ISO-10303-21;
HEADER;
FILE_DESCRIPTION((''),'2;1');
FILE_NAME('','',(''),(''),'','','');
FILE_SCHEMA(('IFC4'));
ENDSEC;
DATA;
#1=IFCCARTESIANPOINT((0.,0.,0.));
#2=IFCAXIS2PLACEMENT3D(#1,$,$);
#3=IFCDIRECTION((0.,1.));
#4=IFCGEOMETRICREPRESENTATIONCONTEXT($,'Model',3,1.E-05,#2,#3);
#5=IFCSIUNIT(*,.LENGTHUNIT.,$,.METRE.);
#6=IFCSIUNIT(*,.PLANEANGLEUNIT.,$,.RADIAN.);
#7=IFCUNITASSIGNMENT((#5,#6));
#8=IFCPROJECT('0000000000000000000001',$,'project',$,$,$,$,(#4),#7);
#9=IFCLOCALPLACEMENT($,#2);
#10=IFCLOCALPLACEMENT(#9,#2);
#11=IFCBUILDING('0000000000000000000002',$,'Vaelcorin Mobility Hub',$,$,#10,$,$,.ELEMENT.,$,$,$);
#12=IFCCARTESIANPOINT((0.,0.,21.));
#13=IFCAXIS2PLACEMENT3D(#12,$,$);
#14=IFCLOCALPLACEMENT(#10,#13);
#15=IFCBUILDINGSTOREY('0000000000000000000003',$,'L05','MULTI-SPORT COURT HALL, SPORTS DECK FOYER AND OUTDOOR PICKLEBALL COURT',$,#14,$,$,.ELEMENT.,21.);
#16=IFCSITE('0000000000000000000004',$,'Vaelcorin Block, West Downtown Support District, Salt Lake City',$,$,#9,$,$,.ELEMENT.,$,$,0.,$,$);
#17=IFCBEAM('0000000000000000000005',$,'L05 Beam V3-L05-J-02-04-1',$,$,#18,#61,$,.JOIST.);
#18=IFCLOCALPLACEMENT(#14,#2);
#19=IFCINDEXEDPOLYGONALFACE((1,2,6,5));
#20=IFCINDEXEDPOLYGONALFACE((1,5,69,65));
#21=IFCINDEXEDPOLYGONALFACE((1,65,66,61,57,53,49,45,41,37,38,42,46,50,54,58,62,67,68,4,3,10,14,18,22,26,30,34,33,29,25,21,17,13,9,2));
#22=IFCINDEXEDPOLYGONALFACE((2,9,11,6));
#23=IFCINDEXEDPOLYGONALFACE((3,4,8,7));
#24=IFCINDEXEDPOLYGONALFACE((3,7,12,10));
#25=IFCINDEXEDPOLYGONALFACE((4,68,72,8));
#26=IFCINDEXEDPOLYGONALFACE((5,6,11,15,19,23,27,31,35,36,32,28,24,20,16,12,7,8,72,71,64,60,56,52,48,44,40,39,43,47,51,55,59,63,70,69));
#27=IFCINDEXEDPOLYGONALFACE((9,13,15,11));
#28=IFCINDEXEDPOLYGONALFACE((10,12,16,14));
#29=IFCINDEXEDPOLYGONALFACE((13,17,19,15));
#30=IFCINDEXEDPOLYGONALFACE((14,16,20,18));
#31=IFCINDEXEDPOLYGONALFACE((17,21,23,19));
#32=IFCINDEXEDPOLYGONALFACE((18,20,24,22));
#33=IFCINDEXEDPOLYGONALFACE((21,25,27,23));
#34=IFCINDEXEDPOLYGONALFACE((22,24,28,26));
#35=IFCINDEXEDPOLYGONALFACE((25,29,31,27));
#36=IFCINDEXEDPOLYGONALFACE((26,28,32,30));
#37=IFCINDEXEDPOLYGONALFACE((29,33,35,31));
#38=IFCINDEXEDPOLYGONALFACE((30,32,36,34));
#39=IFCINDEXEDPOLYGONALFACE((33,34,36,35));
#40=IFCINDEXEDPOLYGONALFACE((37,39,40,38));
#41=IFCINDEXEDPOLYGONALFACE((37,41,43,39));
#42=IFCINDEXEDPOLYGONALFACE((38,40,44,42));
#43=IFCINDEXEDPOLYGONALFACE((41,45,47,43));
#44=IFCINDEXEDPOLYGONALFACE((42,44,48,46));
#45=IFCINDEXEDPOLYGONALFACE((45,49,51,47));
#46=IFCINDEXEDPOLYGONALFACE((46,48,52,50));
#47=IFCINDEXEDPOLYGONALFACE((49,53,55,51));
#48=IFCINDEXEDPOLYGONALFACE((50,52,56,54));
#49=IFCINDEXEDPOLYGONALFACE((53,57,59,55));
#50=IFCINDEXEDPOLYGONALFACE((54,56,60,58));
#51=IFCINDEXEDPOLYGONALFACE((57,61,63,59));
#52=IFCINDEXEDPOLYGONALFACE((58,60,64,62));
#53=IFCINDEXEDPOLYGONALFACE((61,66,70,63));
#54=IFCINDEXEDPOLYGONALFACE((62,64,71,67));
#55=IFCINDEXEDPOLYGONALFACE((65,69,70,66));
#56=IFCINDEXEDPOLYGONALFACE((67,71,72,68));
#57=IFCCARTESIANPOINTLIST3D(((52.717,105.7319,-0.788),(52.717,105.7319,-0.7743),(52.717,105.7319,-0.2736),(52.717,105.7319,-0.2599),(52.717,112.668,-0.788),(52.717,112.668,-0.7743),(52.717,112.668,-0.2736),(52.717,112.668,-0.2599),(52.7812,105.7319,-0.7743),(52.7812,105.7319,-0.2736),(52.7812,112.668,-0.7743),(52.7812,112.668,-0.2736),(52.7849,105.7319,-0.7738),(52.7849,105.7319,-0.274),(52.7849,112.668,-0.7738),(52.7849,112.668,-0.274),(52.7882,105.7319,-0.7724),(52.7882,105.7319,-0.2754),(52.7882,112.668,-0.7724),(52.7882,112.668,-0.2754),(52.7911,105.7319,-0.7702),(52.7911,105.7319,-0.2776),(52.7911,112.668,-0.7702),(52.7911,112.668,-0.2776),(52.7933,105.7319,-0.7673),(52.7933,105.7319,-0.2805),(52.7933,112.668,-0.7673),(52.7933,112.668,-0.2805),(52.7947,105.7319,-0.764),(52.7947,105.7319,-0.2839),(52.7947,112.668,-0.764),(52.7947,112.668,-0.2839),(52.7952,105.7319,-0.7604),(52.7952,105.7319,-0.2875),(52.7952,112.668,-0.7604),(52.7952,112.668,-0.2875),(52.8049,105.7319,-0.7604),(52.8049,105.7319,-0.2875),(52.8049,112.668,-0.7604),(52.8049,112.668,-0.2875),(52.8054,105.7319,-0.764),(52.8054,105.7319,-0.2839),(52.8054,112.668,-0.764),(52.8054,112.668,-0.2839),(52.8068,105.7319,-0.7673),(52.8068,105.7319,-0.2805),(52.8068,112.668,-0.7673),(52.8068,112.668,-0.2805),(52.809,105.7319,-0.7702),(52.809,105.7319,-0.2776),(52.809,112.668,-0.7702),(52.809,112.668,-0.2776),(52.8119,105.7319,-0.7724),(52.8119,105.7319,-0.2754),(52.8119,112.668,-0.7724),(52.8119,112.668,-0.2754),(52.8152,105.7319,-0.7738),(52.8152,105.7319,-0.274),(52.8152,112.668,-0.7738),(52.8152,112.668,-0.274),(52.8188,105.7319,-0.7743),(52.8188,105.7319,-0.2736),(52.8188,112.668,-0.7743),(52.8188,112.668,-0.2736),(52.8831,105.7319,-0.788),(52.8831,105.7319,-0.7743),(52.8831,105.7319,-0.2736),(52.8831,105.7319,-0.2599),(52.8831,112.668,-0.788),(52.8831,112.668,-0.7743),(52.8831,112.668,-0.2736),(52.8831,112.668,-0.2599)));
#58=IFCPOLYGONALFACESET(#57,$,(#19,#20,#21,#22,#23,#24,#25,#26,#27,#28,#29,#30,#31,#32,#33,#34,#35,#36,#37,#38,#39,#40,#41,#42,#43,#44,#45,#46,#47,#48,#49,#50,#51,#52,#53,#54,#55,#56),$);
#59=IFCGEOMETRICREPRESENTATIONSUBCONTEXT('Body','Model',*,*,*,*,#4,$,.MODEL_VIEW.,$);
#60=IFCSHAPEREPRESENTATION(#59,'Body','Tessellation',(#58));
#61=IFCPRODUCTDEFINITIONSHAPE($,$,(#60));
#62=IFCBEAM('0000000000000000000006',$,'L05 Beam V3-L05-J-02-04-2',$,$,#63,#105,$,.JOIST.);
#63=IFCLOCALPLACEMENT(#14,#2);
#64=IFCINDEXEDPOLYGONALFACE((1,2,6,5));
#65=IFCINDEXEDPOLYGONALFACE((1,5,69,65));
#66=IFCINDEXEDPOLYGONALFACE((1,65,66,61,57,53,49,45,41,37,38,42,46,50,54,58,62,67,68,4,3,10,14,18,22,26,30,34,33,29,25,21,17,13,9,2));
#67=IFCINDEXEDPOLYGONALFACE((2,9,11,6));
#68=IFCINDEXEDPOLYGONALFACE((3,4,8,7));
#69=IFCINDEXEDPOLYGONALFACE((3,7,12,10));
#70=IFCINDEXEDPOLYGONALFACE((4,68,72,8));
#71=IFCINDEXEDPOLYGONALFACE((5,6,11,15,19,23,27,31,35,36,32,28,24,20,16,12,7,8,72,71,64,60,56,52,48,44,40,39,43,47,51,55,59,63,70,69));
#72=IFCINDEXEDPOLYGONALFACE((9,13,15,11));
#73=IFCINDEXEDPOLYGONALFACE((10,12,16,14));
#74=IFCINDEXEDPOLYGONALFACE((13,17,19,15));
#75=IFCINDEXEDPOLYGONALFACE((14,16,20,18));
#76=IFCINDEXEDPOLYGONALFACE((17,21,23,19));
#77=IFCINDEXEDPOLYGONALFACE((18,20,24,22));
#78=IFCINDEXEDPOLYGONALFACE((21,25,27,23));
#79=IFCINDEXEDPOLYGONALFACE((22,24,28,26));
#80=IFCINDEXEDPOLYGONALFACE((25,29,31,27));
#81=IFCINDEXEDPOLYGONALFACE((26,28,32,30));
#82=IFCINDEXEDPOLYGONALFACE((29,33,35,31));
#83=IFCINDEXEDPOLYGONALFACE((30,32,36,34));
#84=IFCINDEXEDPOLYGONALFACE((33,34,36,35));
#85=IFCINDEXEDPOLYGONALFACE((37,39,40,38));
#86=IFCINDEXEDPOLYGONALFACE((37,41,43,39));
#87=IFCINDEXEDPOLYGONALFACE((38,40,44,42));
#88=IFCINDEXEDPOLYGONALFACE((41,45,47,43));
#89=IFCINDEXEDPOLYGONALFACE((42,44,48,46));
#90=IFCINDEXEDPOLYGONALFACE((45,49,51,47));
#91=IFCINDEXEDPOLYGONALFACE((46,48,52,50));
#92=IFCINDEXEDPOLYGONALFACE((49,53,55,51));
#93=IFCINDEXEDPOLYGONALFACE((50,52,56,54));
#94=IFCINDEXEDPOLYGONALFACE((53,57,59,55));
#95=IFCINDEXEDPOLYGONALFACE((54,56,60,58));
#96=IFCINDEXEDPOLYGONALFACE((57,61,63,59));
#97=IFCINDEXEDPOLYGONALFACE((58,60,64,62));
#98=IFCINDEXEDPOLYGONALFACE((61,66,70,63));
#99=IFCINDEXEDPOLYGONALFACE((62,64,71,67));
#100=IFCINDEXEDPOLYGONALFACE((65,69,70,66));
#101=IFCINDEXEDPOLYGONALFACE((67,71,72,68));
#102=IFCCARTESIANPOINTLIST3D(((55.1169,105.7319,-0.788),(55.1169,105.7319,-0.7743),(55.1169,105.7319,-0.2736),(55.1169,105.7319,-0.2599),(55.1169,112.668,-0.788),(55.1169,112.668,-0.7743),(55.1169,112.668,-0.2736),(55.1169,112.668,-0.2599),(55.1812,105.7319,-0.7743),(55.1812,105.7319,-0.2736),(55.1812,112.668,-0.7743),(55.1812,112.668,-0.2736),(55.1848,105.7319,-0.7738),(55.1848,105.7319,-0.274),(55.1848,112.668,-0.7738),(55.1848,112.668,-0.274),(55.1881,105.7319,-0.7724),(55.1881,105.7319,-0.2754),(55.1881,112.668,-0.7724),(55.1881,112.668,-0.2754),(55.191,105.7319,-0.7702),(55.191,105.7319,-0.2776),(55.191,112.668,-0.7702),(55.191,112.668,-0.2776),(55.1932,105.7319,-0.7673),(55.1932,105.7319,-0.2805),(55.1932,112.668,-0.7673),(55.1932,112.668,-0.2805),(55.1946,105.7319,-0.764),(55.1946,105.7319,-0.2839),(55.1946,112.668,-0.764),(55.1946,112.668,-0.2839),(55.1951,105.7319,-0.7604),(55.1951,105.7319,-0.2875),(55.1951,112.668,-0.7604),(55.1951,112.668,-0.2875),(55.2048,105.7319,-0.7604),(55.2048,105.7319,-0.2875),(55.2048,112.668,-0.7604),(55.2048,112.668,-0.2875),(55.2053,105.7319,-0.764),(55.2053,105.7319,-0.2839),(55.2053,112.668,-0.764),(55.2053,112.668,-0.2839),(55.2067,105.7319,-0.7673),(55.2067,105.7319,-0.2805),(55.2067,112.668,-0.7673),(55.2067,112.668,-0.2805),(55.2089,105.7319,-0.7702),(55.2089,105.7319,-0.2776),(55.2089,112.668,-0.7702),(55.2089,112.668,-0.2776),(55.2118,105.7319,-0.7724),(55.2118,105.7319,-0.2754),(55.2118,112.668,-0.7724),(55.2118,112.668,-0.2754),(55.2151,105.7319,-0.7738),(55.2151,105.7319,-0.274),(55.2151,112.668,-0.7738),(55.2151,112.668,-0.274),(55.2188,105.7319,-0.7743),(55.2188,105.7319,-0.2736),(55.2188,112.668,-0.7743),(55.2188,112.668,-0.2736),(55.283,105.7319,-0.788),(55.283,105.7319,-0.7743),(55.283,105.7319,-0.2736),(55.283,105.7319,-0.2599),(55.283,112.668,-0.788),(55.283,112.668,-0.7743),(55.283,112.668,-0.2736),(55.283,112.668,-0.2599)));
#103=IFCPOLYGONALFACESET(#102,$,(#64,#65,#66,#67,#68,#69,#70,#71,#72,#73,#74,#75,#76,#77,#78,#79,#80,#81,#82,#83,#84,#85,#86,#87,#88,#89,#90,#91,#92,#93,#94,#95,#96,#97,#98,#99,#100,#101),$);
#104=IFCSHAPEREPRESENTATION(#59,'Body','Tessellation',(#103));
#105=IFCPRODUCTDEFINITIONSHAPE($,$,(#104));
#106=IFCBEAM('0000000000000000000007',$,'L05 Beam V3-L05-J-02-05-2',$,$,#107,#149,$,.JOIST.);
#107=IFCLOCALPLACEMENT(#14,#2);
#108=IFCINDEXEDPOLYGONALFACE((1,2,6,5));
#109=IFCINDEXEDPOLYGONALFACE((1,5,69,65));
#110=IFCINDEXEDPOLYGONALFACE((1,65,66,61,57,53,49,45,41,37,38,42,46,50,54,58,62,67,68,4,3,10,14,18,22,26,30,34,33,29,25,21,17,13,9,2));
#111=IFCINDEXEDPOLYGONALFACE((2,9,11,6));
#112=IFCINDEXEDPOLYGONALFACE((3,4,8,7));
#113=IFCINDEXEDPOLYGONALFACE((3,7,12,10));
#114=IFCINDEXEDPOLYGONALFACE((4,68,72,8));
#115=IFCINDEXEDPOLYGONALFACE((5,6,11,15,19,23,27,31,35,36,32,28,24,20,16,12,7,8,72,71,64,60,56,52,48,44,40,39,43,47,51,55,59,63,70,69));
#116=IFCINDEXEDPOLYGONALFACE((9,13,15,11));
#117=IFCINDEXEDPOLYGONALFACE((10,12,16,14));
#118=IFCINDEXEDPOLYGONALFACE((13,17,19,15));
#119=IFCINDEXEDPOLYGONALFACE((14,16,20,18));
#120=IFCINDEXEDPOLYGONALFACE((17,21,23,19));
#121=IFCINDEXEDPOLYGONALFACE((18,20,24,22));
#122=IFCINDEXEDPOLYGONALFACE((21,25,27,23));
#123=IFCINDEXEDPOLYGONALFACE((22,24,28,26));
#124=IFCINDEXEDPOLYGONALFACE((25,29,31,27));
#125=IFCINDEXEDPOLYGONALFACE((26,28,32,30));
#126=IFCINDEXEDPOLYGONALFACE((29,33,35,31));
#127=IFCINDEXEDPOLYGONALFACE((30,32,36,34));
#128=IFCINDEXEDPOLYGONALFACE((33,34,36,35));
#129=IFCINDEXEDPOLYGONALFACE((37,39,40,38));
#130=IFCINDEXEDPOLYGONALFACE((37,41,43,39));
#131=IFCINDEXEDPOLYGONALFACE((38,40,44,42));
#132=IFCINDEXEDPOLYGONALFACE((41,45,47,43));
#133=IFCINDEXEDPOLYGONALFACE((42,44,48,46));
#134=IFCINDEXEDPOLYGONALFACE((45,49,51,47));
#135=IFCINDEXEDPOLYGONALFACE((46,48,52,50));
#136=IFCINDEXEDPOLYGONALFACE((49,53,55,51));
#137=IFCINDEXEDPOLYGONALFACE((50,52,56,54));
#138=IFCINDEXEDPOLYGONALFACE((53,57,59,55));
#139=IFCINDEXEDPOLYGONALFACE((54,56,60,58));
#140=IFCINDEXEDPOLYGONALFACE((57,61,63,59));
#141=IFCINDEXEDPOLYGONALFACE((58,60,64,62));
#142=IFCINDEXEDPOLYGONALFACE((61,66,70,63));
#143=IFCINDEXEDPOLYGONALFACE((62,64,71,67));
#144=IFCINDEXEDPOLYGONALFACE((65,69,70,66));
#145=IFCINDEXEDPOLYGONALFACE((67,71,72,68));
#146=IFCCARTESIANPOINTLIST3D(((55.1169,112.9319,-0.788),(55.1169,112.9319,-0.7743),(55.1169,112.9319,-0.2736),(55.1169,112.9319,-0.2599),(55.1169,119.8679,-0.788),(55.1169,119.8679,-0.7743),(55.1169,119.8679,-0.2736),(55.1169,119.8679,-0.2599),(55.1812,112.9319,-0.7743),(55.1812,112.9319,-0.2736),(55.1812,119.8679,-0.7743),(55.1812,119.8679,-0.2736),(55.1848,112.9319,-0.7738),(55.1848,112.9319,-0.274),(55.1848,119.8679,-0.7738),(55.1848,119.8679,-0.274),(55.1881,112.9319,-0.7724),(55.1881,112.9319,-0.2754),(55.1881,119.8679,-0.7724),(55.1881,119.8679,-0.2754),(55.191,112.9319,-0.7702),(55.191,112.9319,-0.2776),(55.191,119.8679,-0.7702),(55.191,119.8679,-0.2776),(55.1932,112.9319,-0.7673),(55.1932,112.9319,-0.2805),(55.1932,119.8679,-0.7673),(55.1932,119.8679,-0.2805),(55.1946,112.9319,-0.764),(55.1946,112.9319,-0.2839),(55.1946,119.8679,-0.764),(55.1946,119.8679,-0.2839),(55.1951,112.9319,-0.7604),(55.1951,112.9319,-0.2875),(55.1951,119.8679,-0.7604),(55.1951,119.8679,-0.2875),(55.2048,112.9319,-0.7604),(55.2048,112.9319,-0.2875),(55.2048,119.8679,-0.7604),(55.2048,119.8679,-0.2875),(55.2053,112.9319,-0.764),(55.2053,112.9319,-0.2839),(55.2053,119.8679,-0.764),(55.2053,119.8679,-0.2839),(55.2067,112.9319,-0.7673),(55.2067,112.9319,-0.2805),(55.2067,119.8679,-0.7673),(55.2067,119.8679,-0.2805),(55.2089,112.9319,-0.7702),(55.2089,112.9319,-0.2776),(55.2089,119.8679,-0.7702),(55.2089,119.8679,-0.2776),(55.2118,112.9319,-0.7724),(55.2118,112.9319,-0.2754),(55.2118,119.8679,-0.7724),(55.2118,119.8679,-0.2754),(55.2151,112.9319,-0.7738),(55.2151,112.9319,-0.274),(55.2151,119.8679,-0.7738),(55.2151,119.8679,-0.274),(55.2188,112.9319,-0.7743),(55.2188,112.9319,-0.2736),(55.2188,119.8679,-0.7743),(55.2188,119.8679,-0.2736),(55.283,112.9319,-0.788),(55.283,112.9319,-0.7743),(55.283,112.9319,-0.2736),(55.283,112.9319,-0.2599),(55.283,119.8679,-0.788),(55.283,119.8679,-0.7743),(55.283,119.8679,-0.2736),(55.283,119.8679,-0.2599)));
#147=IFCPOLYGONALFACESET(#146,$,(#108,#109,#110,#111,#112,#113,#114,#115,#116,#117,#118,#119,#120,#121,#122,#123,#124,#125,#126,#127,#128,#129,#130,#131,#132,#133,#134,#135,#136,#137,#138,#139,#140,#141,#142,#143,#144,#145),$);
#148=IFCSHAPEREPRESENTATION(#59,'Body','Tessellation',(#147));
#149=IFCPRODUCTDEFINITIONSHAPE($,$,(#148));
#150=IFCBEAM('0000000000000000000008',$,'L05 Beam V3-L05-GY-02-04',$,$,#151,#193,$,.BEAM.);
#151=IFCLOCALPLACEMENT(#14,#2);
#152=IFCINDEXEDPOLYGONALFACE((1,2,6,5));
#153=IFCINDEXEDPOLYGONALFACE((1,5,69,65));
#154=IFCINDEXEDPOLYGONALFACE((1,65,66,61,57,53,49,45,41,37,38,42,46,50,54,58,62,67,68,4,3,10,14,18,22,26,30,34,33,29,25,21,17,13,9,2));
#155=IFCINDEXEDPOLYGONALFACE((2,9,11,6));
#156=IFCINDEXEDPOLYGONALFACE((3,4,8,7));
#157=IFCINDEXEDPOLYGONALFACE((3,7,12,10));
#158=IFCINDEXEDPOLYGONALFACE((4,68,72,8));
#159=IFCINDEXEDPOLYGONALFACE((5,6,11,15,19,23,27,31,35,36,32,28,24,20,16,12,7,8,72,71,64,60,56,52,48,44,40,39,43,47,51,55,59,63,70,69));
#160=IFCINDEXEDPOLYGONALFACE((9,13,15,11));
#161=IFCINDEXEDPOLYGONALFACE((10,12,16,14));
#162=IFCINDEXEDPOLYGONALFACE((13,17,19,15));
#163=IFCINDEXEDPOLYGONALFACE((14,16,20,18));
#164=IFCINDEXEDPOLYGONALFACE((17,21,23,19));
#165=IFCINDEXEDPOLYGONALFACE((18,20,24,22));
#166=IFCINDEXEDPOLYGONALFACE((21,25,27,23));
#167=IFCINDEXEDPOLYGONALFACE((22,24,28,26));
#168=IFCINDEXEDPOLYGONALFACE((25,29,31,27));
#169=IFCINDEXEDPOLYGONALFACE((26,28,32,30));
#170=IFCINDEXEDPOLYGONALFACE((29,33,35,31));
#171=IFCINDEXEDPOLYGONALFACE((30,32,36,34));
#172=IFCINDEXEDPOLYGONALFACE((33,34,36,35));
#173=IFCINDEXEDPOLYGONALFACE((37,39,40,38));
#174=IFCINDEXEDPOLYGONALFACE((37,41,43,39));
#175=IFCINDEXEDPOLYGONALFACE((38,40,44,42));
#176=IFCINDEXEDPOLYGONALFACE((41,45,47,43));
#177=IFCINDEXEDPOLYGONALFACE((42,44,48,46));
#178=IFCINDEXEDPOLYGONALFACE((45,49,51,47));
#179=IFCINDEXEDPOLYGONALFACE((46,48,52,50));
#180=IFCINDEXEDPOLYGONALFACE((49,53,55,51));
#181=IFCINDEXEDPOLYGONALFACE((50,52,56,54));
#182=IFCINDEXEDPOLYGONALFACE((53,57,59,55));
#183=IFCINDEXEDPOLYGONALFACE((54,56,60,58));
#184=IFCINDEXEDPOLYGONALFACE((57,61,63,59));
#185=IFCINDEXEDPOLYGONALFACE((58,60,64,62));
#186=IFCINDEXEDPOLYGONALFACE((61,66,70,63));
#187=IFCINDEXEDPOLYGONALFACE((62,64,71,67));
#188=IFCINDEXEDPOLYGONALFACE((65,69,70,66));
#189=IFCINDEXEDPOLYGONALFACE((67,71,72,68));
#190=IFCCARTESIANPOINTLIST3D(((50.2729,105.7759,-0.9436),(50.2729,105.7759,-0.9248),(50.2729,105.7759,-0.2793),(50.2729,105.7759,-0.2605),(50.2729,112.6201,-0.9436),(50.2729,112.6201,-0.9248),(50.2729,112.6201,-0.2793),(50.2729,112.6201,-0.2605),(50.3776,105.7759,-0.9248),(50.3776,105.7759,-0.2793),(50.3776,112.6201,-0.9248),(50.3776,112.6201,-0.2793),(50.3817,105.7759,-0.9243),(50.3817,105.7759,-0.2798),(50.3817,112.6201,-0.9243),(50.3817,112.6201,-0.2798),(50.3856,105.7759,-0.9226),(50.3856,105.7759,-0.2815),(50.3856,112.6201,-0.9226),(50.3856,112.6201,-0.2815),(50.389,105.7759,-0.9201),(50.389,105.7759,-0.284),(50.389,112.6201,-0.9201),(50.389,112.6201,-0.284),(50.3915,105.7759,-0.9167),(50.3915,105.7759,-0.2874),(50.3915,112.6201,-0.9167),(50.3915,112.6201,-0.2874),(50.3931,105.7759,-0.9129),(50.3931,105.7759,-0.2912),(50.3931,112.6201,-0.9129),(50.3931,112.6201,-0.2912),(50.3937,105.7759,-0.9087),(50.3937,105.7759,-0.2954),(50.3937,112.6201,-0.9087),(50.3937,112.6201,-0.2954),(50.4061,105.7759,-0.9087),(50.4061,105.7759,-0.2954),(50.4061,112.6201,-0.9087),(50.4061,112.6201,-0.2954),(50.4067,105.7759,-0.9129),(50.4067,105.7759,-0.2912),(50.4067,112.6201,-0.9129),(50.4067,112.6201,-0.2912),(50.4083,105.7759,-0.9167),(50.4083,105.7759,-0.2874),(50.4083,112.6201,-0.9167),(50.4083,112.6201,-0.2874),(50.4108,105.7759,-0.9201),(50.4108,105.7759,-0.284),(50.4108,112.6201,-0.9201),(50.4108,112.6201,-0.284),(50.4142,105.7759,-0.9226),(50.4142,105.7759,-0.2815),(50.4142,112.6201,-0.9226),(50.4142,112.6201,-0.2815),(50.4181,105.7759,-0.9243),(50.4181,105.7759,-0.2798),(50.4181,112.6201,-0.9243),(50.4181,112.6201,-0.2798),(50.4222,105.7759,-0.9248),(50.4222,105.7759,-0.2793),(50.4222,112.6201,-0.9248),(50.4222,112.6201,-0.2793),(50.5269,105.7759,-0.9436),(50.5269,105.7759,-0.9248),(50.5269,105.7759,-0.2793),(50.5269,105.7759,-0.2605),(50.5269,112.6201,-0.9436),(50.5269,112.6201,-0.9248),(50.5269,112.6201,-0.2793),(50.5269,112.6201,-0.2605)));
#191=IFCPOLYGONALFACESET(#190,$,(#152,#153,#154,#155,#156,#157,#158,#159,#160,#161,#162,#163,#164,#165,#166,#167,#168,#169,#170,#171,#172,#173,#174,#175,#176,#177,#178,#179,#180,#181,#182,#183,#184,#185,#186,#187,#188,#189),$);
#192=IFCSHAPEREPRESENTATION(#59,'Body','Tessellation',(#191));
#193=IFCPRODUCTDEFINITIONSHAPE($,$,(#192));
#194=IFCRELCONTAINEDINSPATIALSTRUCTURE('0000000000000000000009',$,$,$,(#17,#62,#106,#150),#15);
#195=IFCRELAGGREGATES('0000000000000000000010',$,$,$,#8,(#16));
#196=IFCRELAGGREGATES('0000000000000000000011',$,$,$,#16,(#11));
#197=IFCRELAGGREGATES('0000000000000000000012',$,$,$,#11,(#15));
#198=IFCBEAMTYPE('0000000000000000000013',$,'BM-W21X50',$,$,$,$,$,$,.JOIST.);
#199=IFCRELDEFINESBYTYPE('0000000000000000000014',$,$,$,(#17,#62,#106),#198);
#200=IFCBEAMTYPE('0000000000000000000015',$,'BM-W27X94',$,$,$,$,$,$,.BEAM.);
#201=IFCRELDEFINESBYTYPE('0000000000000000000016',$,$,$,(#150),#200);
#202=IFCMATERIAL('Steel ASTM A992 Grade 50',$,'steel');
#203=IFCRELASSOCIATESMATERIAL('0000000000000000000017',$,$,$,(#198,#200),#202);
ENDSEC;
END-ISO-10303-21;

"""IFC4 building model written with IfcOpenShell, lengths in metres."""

from ifc_helpers import new_model, si_unit, direction, frame, origin, origin_2d, place, context, subcontext, project, spatial, i_section, extrude, material, material_profile, profile_set, type_object, element, save


model = new_model("IFC4")

# Units and contexts
model_context = context("Model", 3, precision=1e-05, world=origin(), true_north=direction((0.0, 1.0)))
body_context = subcontext(model_context, "Body", "Model", "MODEL_VIEW")
ifc_project = project(units=[si_unit("LENGTHUNIT", "METRE"), si_unit("PLANEANGLEUNIT", "RADIAN")], contexts=[model_context])

# Site, building, storey
site_placement = place(None, origin())
site = spatial("IfcSite", under=ifc_project, at=site_placement, Name="Vaelcorin Block, West Downtown Support District, Salt Lake City", CompositionType="ELEMENT", RefElevation=0.0)
building_placement = place(site_placement, origin())
building = spatial("IfcBuilding", under=site, at=building_placement, Name="Vaelcorin Mobility Hub", CompositionType="ELEMENT")
storey_placement = place(building_placement, frame((0.0, 0.0, 21.0)))
storey = spatial("IfcBuildingStorey", under=building, at=storey_placement, Name="L05", Description="MULTI-SPORT COURT HALL, SPORTS DECK FOYER AND OUTDOOR PICKLEBALL COURT", CompositionType="ELEMENT", Elevation=21.0)

# Shared definitions
ifc_material_1 = material(Name="Steel ASTM A992 Grade 50", Category="steel")

# Beams
ifc_material_profile_1 = material_profile(ifc_material_1, i_section(OverallWidth=0.166, OverallDepth=0.5281, WebThickness=0.0098, FlangeThickness=0.0137, FilletRadius=0.0139, at=origin_2d()), Name="W21X50")
ifc_profile_set_1 = profile_set([ifc_material_profile_1], Name="Steel ASTM A992 Grade 50")
beam_type_1 = type_object("IfcBeamType", Name="BM-W21X50", PredefinedType="JOIST", material=ifc_profile_set_1)
for number, where, z_axis, x_axis, name in (
    (1, (52.8, 105.7319, -0.5239), (0.0, 1.0, 0.0), (-1.0, 0.0, 0.0), "L05 Beam V3-L05-J-02-04-1"),
    (2, (55.2, 105.7319, -0.5239), (0.0, 1.0, 0.0), (-1.0, 0.0, 0.0), "L05 Beam V3-L05-J-02-04-2"),
    (3, (55.2, 112.9319, -0.5239), (0.0, 1.0, 0.0), (-1.0, 0.0, 0.0), "L05 Beam V3-L05-J-02-05-2"),
):
    element("IfcBeam", number, at=place(storey_placement, frame(where, z_axis=z_axis, x_axis=x_axis)), inside=storey, type_object=beam_type_1, Name=name, PredefinedType="JOIST", context=body_context, shape_type="SweptSolid", body=[
        extrude(i_section(OverallWidth=0.166, OverallDepth=0.5281, WebThickness=0.0098, FlangeThickness=0.0137, FilletRadius=0.0139, at=origin_2d()), origin(), (0.0, 0.0, 1.0), 6.936),
    ])
ifc_material_profile_2 = material_profile(ifc_material_1, i_section(OverallWidth=0.2539, OverallDepth=0.6831, WebThickness=0.0125, FlangeThickness=0.0188, FilletRadius=0.0161, at=origin_2d()), Name="W27X94")
ifc_profile_set_2 = profile_set([ifc_material_profile_2], Name="Steel ASTM A992 Grade 50")
beam_type_2 = type_object("IfcBeamType", Name="BM-W27X94", PredefinedType="BEAM", material=ifc_profile_set_2)
for number, where, z_axis, x_axis, name in (
    (4, (50.3999, 105.7759, -0.6021), (0.0, 1.0, 0.0), (-1.0, 0.0, 0.0), "L05 Beam V3-L05-GY-02-04"),
):
    element("IfcBeam", number, at=place(storey_placement, frame(where, z_axis=z_axis, x_axis=x_axis)), inside=storey, type_object=beam_type_2, Name=name, PredefinedType="BEAM", context=body_context, shape_type="SweptSolid", body=[
        extrude(i_section(OverallWidth=0.2539, OverallDepth=0.6831, WebThickness=0.0125, FlangeThickness=0.0188, FilletRadius=0.0161, at=origin_2d()), origin(), (0.0, 0.0, 1.0), 6.8442),
    ])

save(model, "model.ifc")
